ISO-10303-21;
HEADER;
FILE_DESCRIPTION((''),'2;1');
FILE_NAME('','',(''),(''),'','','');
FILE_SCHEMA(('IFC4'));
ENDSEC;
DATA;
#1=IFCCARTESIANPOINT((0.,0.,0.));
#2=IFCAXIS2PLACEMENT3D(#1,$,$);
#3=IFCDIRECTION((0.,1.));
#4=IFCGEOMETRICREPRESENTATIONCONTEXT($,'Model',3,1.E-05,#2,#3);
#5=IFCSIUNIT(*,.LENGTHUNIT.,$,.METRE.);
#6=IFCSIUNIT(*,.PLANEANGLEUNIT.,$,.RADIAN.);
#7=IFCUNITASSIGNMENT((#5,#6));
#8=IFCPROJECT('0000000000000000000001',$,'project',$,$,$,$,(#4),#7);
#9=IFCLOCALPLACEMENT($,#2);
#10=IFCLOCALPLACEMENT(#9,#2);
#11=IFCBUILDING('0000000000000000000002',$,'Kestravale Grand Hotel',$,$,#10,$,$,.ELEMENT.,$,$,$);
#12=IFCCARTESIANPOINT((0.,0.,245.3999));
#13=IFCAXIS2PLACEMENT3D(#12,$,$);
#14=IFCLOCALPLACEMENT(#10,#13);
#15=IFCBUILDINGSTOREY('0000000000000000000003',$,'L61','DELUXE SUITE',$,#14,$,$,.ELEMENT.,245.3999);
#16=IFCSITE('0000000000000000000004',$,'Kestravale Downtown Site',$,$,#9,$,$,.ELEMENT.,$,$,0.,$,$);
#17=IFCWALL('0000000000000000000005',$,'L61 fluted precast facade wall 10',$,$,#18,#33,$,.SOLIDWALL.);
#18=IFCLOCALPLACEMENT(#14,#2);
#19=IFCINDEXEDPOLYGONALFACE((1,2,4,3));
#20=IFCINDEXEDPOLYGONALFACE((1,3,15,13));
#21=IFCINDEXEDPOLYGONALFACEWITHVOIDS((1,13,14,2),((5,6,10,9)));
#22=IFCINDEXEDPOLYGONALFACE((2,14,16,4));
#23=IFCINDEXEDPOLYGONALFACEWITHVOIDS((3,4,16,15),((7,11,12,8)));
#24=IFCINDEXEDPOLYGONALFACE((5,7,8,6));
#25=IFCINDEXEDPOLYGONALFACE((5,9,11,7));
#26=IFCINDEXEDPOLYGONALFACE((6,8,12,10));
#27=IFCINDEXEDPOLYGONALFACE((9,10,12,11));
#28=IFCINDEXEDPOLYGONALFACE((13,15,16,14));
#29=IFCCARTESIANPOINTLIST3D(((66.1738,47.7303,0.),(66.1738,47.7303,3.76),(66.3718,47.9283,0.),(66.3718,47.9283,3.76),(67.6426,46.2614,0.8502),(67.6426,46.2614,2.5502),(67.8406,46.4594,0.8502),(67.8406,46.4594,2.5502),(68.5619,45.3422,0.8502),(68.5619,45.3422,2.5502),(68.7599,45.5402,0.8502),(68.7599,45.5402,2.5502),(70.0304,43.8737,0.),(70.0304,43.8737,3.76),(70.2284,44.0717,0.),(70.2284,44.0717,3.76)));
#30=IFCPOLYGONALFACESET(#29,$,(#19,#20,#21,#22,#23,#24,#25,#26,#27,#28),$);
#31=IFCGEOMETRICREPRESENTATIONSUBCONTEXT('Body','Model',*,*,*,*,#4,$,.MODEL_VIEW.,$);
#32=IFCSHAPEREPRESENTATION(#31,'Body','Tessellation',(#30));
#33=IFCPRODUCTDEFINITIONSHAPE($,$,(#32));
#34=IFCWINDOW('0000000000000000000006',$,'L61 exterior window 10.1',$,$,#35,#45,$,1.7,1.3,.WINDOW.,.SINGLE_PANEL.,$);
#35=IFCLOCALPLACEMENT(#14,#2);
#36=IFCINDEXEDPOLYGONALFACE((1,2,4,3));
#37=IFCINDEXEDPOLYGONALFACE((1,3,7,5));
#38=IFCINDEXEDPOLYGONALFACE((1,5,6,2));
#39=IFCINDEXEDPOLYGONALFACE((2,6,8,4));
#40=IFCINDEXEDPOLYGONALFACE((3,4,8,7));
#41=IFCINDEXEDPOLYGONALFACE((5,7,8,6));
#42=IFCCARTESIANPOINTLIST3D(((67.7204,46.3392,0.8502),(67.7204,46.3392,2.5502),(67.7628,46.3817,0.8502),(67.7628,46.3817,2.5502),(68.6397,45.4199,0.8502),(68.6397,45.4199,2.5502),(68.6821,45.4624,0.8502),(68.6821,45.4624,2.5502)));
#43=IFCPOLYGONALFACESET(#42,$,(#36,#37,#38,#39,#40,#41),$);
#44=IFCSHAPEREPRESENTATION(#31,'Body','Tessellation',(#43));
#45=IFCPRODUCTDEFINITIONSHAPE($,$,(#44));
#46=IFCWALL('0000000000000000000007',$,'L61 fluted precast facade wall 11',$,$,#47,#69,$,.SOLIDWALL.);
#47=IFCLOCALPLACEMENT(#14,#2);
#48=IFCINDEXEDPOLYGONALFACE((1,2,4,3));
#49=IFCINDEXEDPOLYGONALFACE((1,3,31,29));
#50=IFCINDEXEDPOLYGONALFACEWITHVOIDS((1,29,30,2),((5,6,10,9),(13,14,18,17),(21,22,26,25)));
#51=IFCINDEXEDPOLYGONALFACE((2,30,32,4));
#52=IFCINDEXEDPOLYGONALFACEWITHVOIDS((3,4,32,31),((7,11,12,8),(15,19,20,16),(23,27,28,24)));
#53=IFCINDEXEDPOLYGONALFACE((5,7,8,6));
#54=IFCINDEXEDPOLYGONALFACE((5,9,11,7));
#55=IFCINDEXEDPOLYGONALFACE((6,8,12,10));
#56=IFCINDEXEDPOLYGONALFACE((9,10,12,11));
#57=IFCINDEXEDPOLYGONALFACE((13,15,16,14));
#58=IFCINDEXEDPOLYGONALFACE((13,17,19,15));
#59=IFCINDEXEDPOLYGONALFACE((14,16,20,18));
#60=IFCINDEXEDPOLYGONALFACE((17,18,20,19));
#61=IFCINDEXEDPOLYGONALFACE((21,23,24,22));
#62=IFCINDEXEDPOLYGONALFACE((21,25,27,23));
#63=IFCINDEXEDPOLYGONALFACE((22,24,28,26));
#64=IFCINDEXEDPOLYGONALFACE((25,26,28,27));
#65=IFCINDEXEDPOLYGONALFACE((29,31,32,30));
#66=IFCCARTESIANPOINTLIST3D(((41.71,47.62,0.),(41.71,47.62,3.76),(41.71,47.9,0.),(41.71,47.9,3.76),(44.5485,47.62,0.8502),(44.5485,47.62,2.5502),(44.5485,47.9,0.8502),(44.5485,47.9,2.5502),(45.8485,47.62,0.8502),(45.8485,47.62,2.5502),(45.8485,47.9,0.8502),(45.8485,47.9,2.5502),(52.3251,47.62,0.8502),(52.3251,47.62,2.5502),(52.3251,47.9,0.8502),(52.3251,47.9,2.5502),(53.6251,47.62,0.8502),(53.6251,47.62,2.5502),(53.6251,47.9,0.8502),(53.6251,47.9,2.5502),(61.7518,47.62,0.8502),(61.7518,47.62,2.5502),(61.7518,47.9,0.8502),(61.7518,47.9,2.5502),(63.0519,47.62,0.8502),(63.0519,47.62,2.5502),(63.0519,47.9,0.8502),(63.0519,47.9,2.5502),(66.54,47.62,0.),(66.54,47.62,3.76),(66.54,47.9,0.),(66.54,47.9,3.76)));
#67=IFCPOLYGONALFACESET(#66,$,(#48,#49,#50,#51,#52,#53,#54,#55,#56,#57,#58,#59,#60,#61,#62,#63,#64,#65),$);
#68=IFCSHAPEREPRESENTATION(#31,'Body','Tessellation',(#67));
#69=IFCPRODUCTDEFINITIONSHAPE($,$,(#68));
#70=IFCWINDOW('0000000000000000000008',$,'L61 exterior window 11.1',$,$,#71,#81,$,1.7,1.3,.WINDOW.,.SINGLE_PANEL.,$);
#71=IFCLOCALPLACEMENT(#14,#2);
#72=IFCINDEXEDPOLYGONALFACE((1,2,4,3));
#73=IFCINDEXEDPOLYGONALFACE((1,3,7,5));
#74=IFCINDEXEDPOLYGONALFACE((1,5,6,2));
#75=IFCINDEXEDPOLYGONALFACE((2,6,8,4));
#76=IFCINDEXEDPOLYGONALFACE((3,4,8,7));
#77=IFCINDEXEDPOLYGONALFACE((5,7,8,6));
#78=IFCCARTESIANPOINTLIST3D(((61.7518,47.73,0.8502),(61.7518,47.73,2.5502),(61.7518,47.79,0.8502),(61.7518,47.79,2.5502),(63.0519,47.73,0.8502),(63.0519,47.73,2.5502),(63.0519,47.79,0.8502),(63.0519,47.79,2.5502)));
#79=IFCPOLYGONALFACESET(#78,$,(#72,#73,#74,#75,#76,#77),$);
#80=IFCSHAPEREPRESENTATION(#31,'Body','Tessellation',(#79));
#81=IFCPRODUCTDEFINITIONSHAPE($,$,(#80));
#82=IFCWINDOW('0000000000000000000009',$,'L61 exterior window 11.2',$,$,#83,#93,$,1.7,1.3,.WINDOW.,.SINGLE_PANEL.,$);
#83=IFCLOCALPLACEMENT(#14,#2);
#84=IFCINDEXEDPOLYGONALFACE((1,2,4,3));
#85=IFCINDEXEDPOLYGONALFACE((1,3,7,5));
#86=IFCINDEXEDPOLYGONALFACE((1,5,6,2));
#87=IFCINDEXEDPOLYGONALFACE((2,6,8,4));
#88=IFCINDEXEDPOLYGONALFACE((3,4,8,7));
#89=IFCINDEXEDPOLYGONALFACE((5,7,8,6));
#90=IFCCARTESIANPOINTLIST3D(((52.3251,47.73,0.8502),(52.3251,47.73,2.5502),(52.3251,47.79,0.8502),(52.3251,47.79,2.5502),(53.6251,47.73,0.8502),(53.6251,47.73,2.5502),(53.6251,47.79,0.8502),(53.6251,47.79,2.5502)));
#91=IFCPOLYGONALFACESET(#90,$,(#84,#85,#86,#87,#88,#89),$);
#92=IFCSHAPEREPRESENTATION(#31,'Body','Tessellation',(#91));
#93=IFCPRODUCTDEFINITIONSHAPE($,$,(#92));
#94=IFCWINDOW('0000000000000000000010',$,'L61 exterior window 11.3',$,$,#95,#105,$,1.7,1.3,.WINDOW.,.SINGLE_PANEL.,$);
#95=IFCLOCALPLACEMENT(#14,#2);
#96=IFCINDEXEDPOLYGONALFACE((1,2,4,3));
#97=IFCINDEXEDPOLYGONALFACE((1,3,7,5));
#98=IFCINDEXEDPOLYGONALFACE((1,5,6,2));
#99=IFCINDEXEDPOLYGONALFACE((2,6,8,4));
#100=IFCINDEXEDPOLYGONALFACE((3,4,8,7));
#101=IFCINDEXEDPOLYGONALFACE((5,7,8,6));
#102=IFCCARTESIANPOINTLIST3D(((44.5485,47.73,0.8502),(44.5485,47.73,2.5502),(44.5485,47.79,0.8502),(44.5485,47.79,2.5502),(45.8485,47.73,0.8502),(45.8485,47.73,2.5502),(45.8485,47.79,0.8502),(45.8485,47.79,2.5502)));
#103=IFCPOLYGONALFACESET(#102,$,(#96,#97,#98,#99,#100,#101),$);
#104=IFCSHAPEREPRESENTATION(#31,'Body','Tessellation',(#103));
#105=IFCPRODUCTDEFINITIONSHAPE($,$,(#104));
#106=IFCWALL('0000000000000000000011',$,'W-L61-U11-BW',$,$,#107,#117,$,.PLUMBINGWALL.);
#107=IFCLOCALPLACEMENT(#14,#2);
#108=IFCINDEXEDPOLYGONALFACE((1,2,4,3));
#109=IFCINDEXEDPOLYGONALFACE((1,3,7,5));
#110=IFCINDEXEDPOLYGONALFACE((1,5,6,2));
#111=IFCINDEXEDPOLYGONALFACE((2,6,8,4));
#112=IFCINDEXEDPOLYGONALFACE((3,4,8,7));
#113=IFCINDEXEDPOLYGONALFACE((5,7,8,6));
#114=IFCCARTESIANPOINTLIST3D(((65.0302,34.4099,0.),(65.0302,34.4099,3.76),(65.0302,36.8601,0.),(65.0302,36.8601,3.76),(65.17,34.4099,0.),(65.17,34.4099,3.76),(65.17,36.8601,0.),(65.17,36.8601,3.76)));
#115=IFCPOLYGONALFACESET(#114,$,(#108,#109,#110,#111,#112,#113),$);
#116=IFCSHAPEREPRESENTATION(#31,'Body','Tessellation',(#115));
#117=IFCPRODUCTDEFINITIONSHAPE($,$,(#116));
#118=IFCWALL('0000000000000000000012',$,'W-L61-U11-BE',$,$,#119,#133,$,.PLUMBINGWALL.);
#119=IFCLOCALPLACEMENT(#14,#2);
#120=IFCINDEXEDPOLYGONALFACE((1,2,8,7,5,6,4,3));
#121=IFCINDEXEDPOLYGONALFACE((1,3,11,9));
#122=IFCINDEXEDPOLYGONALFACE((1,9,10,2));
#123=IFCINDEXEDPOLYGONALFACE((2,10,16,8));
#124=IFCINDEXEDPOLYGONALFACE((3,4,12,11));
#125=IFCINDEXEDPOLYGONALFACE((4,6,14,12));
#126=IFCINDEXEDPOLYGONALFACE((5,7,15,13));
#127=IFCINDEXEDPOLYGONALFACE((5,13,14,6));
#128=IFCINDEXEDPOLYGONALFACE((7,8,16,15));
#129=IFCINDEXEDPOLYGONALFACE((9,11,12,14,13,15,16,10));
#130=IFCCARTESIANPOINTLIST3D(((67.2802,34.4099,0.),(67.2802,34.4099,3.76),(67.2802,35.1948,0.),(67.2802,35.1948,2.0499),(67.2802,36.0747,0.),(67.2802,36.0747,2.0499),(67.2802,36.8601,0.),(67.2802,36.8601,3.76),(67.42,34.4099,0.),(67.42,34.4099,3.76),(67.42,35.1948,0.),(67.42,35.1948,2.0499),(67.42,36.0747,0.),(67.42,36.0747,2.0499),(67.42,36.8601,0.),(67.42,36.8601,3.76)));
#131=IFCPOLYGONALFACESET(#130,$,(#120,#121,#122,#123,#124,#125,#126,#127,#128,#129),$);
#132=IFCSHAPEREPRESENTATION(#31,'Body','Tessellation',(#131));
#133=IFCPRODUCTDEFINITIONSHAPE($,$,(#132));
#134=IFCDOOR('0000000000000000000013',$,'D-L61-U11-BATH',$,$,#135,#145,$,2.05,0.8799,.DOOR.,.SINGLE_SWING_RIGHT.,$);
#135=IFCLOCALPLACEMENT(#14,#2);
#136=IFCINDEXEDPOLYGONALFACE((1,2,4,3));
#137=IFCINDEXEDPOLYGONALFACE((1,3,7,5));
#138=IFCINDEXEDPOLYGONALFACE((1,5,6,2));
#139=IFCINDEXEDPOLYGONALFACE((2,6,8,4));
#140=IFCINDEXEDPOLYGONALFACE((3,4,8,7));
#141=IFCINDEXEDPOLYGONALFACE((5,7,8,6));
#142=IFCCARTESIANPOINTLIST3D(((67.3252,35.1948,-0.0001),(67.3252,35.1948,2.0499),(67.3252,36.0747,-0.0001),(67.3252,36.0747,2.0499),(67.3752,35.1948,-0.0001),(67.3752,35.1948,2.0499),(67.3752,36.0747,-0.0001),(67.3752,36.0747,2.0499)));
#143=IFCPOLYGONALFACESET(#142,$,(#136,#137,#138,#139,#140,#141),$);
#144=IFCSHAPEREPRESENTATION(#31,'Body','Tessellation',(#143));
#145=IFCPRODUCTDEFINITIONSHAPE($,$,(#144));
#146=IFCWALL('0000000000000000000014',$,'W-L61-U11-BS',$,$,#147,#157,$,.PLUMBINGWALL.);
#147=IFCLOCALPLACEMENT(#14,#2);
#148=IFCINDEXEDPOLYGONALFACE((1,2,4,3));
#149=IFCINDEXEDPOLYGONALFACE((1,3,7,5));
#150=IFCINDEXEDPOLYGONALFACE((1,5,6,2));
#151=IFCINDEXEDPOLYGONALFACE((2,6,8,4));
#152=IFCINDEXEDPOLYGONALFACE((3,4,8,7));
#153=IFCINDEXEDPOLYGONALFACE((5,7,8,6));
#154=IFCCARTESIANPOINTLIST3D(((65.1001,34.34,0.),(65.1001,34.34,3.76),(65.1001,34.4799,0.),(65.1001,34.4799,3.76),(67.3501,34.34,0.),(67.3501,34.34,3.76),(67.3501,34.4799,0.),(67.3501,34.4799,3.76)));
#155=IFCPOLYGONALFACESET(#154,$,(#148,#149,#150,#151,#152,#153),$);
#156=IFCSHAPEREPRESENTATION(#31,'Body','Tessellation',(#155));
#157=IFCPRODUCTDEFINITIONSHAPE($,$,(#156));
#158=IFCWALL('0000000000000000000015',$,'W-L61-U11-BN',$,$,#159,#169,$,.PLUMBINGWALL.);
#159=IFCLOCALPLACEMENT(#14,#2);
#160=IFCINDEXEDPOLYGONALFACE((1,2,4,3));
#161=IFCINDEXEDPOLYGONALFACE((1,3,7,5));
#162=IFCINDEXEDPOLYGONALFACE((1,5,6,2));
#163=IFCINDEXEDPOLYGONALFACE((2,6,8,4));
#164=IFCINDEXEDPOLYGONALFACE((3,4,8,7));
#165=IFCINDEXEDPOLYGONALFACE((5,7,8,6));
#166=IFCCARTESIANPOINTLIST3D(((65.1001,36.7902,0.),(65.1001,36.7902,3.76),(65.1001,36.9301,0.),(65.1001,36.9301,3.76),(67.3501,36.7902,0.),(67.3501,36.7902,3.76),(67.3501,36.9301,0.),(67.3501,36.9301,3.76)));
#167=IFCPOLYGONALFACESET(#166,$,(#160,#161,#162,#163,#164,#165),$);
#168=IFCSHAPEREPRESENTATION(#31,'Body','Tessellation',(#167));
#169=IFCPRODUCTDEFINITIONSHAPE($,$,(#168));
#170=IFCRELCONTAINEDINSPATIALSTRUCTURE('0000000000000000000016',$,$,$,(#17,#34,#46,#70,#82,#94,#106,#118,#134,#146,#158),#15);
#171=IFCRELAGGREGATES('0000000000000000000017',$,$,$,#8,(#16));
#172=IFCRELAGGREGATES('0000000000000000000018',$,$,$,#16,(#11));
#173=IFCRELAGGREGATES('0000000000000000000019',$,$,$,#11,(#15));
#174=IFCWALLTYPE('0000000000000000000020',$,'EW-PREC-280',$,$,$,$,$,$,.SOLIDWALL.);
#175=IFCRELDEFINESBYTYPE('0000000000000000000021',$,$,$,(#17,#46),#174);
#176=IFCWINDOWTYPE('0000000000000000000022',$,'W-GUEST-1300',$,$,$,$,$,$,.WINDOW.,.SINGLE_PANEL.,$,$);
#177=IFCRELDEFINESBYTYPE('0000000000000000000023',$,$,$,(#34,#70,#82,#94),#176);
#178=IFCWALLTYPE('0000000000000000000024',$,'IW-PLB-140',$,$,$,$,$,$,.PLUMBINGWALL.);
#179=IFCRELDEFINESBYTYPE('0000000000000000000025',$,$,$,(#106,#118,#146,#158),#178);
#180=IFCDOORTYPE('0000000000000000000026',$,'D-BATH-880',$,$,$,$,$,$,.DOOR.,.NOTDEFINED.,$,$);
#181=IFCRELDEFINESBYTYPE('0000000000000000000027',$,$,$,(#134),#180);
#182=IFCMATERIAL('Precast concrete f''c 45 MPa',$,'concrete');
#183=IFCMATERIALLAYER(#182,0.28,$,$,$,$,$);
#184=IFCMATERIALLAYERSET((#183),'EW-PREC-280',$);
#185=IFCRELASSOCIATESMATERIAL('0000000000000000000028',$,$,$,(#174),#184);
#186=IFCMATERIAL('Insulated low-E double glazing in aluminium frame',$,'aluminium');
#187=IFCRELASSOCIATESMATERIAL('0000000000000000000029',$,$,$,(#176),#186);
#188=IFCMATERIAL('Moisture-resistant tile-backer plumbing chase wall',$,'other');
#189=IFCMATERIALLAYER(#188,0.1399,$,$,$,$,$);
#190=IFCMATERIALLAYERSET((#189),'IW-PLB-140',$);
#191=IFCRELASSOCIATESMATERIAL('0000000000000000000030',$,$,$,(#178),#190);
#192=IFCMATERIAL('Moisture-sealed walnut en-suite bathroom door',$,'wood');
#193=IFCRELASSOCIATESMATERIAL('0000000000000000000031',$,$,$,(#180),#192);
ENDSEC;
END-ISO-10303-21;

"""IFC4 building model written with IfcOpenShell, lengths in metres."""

from ifc_helpers import new_model, si_unit, direction, frame, frame_2d, origin, place, context, subcontext, project, spatial, rectangle, extrude, material, layer, layer_set, type_object, element, fill, save


model = new_model("IFC4")

# Units and contexts
model_context = context("Model", 3, precision=1e-05, world=origin(), true_north=direction((0.0, 1.0)))
body_context = subcontext(model_context, "Body", "Model", "MODEL_VIEW")
ifc_project = project(units=[si_unit("LENGTHUNIT", "METRE"), si_unit("PLANEANGLEUNIT", "RADIAN")], contexts=[model_context])

# Site, building, storey
site_placement = place(None, origin())
site = spatial("IfcSite", under=ifc_project, at=site_placement, Name="Kestravale Downtown Site", CompositionType="ELEMENT", RefElevation=0.0)
building_placement = place(site_placement, origin())
building = spatial("IfcBuilding", under=site, at=building_placement, Name="Kestravale Grand Hotel", CompositionType="ELEMENT")
storey_placement = place(building_placement, frame((0.0, 0.0, 245.3999)))
storey = spatial("IfcBuildingStorey", under=building, at=storey_placement, Name="L61", Description="DELUXE SUITE", CompositionType="ELEMENT", Elevation=245.3999)

# Wall, opening, window
ifc_material_1 = material(Name="Precast concrete f'c 45 MPa", Category="concrete")
ifc_layer_1 = layer(ifc_material_1, 0.28)
ifc_layer_set_1 = layer_set([ifc_layer_1], Name="EW-PREC-280")
wall_type_1 = type_object("IfcWallType", Name="EW-PREC-280", PredefinedType="SOLIDWALL", material=ifc_layer_set_1)
wall_1_placement = place(storey_placement, frame((70.1294, 43.9727, 0.0), z_axis=(0.0, 0.0, 1.0), x_axis=(-0.707107, 0.707107, 0.0)))
wall_1 = element("IfcWall", 1, at=wall_1_placement, inside=storey, type_object=wall_type_1, Name="L61 fluted precast facade wall 10", PredefinedType="SOLIDWALL", context=body_context, shape_type="SweptSolid", body=[
    extrude(rectangle(XDim=5.4541, YDim=0.28, at=frame_2d((2.7271, 0.0))), origin(), (0.0, 0.0, 1.0), 3.76),
])
opening_1_placement = place(wall_1_placement, frame((2.0769, 0.0, 0.8501)))
opening_1 = element("IfcOpeningElement", 2, at=opening_1_placement, cuts=wall_1, PredefinedType="OPENING", context=body_context, shape_type="SweptSolid", body=[
    extrude(rectangle(XDim=1.3, YDim=1.7, at=frame_2d((0.6499, 0.8501))), frame((0.0, 0.1499, 0.0), z_axis=(0.0, -1.0, 0.0), x_axis=(1.0, 0.0, 0.0)), (0.0, 0.0, 1.0), 0.3),
])
ifc_material_2 = material(Name="Insulated low-E double glazing in aluminium frame", Category="aluminium")
window_type = type_object("IfcWindowType", Name="W-GUEST-1300", PartitioningType="SINGLE_PANEL", PredefinedType="WINDOW", material=ifc_material_2)
window_1_placement = place(opening_1_placement, origin())
window_1 = element("IfcWindow", 3, at=window_1_placement, inside=storey, type_object=window_type, Name="L61 exterior window 10.1", OverallHeight=1.7, OverallWidth=1.3, PartitioningType="SINGLE_PANEL", PredefinedType="WINDOW", context=body_context, shape_type="SweptSolid", body=[
    extrude(rectangle(XDim=1.3, YDim=1.7, at=frame_2d((0.6499, 0.8501))), frame((0.0, 0.03, 0.0), z_axis=(0.0, -1.0, 0.0), x_axis=(1.0, 0.0, 0.0)), (0.0, 0.0, 1.0), 0.0601),
])
fill(opening_1, window_1)

# Wall, openings, windows
wall_2_placement = place(storey_placement, frame((66.54, 47.76, 0.0), z_axis=(0.0, 0.0, 1.0), x_axis=(-1.0, 0.0, 0.0)))
wall_2 = element("IfcWall", 4, at=wall_2_placement, inside=storey, type_object=wall_type_1, Name="L61 fluted precast facade wall 11", PredefinedType="SOLIDWALL", context=body_context, shape_type="SweptSolid", body=[
    extrude(rectangle(XDim=24.8301, YDim=0.28, at=frame_2d((12.415, 0.0))), origin(), (0.0, 0.0, 1.0), 3.76),
])
opening_2_placement = place(wall_2_placement, frame((3.4883, 0.0, 0.8501)))
opening_2 = element("IfcOpeningElement", 5, at=opening_2_placement, cuts=wall_2, PredefinedType="OPENING", context=body_context, shape_type="SweptSolid", body=[
    extrude(rectangle(XDim=1.3, YDim=1.7, at=frame_2d((0.6499, 0.8501))), frame((0.0, 0.1499, 0.0), z_axis=(0.0, -1.0, 0.0), x_axis=(1.0, 0.0, 0.0)), (0.0, 0.0, 1.0), 0.3),
])
opening_3_placement = place(wall_2_placement, frame((12.915, 0.0, 0.8501)))
opening_3 = element("IfcOpeningElement", 6, at=opening_3_placement, cuts=wall_2, PredefinedType="OPENING", context=body_context, shape_type="SweptSolid", body=[
    extrude(rectangle(XDim=1.3, YDim=1.7, at=frame_2d((0.6499, 0.8501))), frame((0.0, 0.1499, 0.0), z_axis=(0.0, -1.0, 0.0), x_axis=(1.0, 0.0, 0.0)), (0.0, 0.0, 1.0), 0.3),
])
opening_4_placement = place(wall_2_placement, frame((20.6917, 0.0, 0.8501)))
opening_4 = element("IfcOpeningElement", 7, at=opening_4_placement, cuts=wall_2, PredefinedType="OPENING", context=body_context, shape_type="SweptSolid", body=[
    extrude(rectangle(XDim=1.3, YDim=1.7, at=frame_2d((0.6499, 0.8501))), frame((0.0, 0.1499, 0.0), z_axis=(0.0, -1.0, 0.0), x_axis=(1.0, 0.0, 0.0)), (0.0, 0.0, 1.0), 0.3),
])
window_2_placement = place(opening_2_placement, origin())
window_2 = element("IfcWindow", 8, at=window_2_placement, inside=storey, type_object=window_type, Name="L61 exterior window 11.1", OverallHeight=1.7, OverallWidth=1.3, PartitioningType="SINGLE_PANEL", PredefinedType="WINDOW", context=body_context, shape_type="SweptSolid", body=[
    extrude(rectangle(XDim=1.3, YDim=1.7, at=frame_2d((0.6499, 0.8501))), frame((0.0, 0.03, 0.0), z_axis=(0.0, -1.0, 0.0), x_axis=(1.0, 0.0, 0.0)), (0.0, 0.0, 1.0), 0.0601),
])
fill(opening_2, window_2)
window_3_placement = place(opening_3_placement, origin())
window_3 = element("IfcWindow", 9, at=window_3_placement, inside=storey, type_object=window_type, Name="L61 exterior window 11.2", OverallHeight=1.7, OverallWidth=1.3, PartitioningType="SINGLE_PANEL", PredefinedType="WINDOW", context=body_context, shape_type="SweptSolid", body=[
    extrude(rectangle(XDim=1.3, YDim=1.7, at=frame_2d((0.6499, 0.8501))), frame((0.0, 0.03, 0.0), z_axis=(0.0, -1.0, 0.0), x_axis=(1.0, 0.0, 0.0)), (0.0, 0.0, 1.0), 0.0601),
])
fill(opening_3, window_3)
window_4_placement = place(opening_4_placement, origin())
window_4 = element("IfcWindow", 10, at=window_4_placement, inside=storey, type_object=window_type, Name="L61 exterior window 11.3", OverallHeight=1.7, OverallWidth=1.3, PartitioningType="SINGLE_PANEL", PredefinedType="WINDOW", context=body_context, shape_type="SweptSolid", body=[
    extrude(rectangle(XDim=1.3, YDim=1.7, at=frame_2d((0.6499, 0.8501))), frame((0.0, 0.03, 0.0), z_axis=(0.0, -1.0, 0.0), x_axis=(1.0, 0.0, 0.0)), (0.0, 0.0, 1.0), 0.0601),
])
fill(opening_4, window_4)

# Wall
ifc_material_3 = material(Name="Moisture-resistant tile-backer plumbing chase wall", Category="other")
ifc_layer_2 = layer(ifc_material_3, 0.1399)
ifc_layer_set_2 = layer_set([ifc_layer_2], Name="IW-PLB-140")
wall_type_2 = type_object("IfcWallType", Name="IW-PLB-140", PredefinedType="PLUMBINGWALL", material=ifc_layer_set_2)
wall_3_placement = place(storey_placement, frame((65.1001, 34.4099, 0.0), z_axis=(0.0, 0.0, 1.0), x_axis=(0.0, 1.0, 0.0)))
element("IfcWall", 11, at=wall_3_placement, inside=storey, type_object=wall_type_2, Name="W-L61-U11-BW", PredefinedType="PLUMBINGWALL", context=body_context, shape_type="SweptSolid", body=[
    extrude(rectangle(XDim=2.4502, YDim=0.1399, at=frame_2d((1.2251, 0.0))), origin(), (0.0, 0.0, 1.0), 3.76),
])

# Wall, opening, door
wall_4_placement = place(storey_placement, frame((67.3501, 34.4099, 0.0), z_axis=(0.0, 0.0, 1.0), x_axis=(0.0, 1.0, 0.0)))
wall_4 = element("IfcWall", 12, at=wall_4_placement, inside=storey, type_object=wall_type_2, Name="W-L61-U11-BE", PredefinedType="PLUMBINGWALL", context=body_context, shape_type="SweptSolid", body=[
    extrude(rectangle(XDim=2.4502, YDim=0.1399, at=frame_2d((1.2251, 0.0))), origin(), (0.0, 0.0, 1.0), 3.76),
])
opening_5_placement = place(wall_4_placement, frame((0.7849, 0.0, 0.0)))
opening_5 = element("IfcOpeningElement", 13, at=opening_5_placement, cuts=wall_4, PredefinedType="OPENING", context=body_context, shape_type="SweptSolid", body=[
    extrude(rectangle(XDim=0.8799, YDim=2.05, at=frame_2d((0.4399, 1.0249))), frame((0.0, 0.0798, 0.0), z_axis=(0.0, -1.0, 0.0), x_axis=(1.0, 0.0, 0.0)), (0.0, 0.0, 1.0), 0.1599),
])
ifc_material_4 = material(Name="Moisture-sealed walnut en-suite bathroom door", Category="wood")
door_type_1 = type_object("IfcDoorType", Name="D-BATH-880", OperationType="NOTDEFINED", PredefinedType="DOOR", material=ifc_material_4)
door_1_placement = place(opening_5_placement, origin())
door_1 = element("IfcDoor", 14, at=door_1_placement, inside=storey, type_object=door_type_1, Name="D-L61-U11-BATH", OperationType="SINGLE_SWING_RIGHT", OverallHeight=2.05, OverallWidth=0.8799, PredefinedType="DOOR", context=body_context, shape_type="SweptSolid", body=[
    extrude(rectangle(XDim=0.8799, YDim=2.05, at=frame_2d((0.4399, 1.0249))), frame((0.0, 0.0249, 0.0), z_axis=(0.0, -1.0, 0.0), x_axis=(1.0, 0.0, 0.0)), (0.0, 0.0, 1.0), 0.05),
])
fill(opening_5, door_1)

# Walls
for number, where, z_axis, x_axis, name in (
    (15, (65.1001, 34.4099, 0.0), (0.0, 0.0, 1.0), (1.0, 0.0, 0.0), "W-L61-U11-BS"),
    (16, (65.1001, 36.8601, 0.0), (0.0, 0.0, 1.0), (1.0, 0.0, 0.0), "W-L61-U11-BN"),
):
    element("IfcWall", number, at=place(storey_placement, frame(where, z_axis=z_axis, x_axis=x_axis)), inside=storey, type_object=wall_type_2, Name=name, PredefinedType="PLUMBINGWALL", context=body_context, shape_type="SweptSolid", body=[
        extrude(rectangle(XDim=2.25, YDim=0.1399, at=frame_2d((1.125, 0.0))), origin(), (0.0, 0.0, 1.0), 3.76),
    ])

save(model, "model.ifc")
